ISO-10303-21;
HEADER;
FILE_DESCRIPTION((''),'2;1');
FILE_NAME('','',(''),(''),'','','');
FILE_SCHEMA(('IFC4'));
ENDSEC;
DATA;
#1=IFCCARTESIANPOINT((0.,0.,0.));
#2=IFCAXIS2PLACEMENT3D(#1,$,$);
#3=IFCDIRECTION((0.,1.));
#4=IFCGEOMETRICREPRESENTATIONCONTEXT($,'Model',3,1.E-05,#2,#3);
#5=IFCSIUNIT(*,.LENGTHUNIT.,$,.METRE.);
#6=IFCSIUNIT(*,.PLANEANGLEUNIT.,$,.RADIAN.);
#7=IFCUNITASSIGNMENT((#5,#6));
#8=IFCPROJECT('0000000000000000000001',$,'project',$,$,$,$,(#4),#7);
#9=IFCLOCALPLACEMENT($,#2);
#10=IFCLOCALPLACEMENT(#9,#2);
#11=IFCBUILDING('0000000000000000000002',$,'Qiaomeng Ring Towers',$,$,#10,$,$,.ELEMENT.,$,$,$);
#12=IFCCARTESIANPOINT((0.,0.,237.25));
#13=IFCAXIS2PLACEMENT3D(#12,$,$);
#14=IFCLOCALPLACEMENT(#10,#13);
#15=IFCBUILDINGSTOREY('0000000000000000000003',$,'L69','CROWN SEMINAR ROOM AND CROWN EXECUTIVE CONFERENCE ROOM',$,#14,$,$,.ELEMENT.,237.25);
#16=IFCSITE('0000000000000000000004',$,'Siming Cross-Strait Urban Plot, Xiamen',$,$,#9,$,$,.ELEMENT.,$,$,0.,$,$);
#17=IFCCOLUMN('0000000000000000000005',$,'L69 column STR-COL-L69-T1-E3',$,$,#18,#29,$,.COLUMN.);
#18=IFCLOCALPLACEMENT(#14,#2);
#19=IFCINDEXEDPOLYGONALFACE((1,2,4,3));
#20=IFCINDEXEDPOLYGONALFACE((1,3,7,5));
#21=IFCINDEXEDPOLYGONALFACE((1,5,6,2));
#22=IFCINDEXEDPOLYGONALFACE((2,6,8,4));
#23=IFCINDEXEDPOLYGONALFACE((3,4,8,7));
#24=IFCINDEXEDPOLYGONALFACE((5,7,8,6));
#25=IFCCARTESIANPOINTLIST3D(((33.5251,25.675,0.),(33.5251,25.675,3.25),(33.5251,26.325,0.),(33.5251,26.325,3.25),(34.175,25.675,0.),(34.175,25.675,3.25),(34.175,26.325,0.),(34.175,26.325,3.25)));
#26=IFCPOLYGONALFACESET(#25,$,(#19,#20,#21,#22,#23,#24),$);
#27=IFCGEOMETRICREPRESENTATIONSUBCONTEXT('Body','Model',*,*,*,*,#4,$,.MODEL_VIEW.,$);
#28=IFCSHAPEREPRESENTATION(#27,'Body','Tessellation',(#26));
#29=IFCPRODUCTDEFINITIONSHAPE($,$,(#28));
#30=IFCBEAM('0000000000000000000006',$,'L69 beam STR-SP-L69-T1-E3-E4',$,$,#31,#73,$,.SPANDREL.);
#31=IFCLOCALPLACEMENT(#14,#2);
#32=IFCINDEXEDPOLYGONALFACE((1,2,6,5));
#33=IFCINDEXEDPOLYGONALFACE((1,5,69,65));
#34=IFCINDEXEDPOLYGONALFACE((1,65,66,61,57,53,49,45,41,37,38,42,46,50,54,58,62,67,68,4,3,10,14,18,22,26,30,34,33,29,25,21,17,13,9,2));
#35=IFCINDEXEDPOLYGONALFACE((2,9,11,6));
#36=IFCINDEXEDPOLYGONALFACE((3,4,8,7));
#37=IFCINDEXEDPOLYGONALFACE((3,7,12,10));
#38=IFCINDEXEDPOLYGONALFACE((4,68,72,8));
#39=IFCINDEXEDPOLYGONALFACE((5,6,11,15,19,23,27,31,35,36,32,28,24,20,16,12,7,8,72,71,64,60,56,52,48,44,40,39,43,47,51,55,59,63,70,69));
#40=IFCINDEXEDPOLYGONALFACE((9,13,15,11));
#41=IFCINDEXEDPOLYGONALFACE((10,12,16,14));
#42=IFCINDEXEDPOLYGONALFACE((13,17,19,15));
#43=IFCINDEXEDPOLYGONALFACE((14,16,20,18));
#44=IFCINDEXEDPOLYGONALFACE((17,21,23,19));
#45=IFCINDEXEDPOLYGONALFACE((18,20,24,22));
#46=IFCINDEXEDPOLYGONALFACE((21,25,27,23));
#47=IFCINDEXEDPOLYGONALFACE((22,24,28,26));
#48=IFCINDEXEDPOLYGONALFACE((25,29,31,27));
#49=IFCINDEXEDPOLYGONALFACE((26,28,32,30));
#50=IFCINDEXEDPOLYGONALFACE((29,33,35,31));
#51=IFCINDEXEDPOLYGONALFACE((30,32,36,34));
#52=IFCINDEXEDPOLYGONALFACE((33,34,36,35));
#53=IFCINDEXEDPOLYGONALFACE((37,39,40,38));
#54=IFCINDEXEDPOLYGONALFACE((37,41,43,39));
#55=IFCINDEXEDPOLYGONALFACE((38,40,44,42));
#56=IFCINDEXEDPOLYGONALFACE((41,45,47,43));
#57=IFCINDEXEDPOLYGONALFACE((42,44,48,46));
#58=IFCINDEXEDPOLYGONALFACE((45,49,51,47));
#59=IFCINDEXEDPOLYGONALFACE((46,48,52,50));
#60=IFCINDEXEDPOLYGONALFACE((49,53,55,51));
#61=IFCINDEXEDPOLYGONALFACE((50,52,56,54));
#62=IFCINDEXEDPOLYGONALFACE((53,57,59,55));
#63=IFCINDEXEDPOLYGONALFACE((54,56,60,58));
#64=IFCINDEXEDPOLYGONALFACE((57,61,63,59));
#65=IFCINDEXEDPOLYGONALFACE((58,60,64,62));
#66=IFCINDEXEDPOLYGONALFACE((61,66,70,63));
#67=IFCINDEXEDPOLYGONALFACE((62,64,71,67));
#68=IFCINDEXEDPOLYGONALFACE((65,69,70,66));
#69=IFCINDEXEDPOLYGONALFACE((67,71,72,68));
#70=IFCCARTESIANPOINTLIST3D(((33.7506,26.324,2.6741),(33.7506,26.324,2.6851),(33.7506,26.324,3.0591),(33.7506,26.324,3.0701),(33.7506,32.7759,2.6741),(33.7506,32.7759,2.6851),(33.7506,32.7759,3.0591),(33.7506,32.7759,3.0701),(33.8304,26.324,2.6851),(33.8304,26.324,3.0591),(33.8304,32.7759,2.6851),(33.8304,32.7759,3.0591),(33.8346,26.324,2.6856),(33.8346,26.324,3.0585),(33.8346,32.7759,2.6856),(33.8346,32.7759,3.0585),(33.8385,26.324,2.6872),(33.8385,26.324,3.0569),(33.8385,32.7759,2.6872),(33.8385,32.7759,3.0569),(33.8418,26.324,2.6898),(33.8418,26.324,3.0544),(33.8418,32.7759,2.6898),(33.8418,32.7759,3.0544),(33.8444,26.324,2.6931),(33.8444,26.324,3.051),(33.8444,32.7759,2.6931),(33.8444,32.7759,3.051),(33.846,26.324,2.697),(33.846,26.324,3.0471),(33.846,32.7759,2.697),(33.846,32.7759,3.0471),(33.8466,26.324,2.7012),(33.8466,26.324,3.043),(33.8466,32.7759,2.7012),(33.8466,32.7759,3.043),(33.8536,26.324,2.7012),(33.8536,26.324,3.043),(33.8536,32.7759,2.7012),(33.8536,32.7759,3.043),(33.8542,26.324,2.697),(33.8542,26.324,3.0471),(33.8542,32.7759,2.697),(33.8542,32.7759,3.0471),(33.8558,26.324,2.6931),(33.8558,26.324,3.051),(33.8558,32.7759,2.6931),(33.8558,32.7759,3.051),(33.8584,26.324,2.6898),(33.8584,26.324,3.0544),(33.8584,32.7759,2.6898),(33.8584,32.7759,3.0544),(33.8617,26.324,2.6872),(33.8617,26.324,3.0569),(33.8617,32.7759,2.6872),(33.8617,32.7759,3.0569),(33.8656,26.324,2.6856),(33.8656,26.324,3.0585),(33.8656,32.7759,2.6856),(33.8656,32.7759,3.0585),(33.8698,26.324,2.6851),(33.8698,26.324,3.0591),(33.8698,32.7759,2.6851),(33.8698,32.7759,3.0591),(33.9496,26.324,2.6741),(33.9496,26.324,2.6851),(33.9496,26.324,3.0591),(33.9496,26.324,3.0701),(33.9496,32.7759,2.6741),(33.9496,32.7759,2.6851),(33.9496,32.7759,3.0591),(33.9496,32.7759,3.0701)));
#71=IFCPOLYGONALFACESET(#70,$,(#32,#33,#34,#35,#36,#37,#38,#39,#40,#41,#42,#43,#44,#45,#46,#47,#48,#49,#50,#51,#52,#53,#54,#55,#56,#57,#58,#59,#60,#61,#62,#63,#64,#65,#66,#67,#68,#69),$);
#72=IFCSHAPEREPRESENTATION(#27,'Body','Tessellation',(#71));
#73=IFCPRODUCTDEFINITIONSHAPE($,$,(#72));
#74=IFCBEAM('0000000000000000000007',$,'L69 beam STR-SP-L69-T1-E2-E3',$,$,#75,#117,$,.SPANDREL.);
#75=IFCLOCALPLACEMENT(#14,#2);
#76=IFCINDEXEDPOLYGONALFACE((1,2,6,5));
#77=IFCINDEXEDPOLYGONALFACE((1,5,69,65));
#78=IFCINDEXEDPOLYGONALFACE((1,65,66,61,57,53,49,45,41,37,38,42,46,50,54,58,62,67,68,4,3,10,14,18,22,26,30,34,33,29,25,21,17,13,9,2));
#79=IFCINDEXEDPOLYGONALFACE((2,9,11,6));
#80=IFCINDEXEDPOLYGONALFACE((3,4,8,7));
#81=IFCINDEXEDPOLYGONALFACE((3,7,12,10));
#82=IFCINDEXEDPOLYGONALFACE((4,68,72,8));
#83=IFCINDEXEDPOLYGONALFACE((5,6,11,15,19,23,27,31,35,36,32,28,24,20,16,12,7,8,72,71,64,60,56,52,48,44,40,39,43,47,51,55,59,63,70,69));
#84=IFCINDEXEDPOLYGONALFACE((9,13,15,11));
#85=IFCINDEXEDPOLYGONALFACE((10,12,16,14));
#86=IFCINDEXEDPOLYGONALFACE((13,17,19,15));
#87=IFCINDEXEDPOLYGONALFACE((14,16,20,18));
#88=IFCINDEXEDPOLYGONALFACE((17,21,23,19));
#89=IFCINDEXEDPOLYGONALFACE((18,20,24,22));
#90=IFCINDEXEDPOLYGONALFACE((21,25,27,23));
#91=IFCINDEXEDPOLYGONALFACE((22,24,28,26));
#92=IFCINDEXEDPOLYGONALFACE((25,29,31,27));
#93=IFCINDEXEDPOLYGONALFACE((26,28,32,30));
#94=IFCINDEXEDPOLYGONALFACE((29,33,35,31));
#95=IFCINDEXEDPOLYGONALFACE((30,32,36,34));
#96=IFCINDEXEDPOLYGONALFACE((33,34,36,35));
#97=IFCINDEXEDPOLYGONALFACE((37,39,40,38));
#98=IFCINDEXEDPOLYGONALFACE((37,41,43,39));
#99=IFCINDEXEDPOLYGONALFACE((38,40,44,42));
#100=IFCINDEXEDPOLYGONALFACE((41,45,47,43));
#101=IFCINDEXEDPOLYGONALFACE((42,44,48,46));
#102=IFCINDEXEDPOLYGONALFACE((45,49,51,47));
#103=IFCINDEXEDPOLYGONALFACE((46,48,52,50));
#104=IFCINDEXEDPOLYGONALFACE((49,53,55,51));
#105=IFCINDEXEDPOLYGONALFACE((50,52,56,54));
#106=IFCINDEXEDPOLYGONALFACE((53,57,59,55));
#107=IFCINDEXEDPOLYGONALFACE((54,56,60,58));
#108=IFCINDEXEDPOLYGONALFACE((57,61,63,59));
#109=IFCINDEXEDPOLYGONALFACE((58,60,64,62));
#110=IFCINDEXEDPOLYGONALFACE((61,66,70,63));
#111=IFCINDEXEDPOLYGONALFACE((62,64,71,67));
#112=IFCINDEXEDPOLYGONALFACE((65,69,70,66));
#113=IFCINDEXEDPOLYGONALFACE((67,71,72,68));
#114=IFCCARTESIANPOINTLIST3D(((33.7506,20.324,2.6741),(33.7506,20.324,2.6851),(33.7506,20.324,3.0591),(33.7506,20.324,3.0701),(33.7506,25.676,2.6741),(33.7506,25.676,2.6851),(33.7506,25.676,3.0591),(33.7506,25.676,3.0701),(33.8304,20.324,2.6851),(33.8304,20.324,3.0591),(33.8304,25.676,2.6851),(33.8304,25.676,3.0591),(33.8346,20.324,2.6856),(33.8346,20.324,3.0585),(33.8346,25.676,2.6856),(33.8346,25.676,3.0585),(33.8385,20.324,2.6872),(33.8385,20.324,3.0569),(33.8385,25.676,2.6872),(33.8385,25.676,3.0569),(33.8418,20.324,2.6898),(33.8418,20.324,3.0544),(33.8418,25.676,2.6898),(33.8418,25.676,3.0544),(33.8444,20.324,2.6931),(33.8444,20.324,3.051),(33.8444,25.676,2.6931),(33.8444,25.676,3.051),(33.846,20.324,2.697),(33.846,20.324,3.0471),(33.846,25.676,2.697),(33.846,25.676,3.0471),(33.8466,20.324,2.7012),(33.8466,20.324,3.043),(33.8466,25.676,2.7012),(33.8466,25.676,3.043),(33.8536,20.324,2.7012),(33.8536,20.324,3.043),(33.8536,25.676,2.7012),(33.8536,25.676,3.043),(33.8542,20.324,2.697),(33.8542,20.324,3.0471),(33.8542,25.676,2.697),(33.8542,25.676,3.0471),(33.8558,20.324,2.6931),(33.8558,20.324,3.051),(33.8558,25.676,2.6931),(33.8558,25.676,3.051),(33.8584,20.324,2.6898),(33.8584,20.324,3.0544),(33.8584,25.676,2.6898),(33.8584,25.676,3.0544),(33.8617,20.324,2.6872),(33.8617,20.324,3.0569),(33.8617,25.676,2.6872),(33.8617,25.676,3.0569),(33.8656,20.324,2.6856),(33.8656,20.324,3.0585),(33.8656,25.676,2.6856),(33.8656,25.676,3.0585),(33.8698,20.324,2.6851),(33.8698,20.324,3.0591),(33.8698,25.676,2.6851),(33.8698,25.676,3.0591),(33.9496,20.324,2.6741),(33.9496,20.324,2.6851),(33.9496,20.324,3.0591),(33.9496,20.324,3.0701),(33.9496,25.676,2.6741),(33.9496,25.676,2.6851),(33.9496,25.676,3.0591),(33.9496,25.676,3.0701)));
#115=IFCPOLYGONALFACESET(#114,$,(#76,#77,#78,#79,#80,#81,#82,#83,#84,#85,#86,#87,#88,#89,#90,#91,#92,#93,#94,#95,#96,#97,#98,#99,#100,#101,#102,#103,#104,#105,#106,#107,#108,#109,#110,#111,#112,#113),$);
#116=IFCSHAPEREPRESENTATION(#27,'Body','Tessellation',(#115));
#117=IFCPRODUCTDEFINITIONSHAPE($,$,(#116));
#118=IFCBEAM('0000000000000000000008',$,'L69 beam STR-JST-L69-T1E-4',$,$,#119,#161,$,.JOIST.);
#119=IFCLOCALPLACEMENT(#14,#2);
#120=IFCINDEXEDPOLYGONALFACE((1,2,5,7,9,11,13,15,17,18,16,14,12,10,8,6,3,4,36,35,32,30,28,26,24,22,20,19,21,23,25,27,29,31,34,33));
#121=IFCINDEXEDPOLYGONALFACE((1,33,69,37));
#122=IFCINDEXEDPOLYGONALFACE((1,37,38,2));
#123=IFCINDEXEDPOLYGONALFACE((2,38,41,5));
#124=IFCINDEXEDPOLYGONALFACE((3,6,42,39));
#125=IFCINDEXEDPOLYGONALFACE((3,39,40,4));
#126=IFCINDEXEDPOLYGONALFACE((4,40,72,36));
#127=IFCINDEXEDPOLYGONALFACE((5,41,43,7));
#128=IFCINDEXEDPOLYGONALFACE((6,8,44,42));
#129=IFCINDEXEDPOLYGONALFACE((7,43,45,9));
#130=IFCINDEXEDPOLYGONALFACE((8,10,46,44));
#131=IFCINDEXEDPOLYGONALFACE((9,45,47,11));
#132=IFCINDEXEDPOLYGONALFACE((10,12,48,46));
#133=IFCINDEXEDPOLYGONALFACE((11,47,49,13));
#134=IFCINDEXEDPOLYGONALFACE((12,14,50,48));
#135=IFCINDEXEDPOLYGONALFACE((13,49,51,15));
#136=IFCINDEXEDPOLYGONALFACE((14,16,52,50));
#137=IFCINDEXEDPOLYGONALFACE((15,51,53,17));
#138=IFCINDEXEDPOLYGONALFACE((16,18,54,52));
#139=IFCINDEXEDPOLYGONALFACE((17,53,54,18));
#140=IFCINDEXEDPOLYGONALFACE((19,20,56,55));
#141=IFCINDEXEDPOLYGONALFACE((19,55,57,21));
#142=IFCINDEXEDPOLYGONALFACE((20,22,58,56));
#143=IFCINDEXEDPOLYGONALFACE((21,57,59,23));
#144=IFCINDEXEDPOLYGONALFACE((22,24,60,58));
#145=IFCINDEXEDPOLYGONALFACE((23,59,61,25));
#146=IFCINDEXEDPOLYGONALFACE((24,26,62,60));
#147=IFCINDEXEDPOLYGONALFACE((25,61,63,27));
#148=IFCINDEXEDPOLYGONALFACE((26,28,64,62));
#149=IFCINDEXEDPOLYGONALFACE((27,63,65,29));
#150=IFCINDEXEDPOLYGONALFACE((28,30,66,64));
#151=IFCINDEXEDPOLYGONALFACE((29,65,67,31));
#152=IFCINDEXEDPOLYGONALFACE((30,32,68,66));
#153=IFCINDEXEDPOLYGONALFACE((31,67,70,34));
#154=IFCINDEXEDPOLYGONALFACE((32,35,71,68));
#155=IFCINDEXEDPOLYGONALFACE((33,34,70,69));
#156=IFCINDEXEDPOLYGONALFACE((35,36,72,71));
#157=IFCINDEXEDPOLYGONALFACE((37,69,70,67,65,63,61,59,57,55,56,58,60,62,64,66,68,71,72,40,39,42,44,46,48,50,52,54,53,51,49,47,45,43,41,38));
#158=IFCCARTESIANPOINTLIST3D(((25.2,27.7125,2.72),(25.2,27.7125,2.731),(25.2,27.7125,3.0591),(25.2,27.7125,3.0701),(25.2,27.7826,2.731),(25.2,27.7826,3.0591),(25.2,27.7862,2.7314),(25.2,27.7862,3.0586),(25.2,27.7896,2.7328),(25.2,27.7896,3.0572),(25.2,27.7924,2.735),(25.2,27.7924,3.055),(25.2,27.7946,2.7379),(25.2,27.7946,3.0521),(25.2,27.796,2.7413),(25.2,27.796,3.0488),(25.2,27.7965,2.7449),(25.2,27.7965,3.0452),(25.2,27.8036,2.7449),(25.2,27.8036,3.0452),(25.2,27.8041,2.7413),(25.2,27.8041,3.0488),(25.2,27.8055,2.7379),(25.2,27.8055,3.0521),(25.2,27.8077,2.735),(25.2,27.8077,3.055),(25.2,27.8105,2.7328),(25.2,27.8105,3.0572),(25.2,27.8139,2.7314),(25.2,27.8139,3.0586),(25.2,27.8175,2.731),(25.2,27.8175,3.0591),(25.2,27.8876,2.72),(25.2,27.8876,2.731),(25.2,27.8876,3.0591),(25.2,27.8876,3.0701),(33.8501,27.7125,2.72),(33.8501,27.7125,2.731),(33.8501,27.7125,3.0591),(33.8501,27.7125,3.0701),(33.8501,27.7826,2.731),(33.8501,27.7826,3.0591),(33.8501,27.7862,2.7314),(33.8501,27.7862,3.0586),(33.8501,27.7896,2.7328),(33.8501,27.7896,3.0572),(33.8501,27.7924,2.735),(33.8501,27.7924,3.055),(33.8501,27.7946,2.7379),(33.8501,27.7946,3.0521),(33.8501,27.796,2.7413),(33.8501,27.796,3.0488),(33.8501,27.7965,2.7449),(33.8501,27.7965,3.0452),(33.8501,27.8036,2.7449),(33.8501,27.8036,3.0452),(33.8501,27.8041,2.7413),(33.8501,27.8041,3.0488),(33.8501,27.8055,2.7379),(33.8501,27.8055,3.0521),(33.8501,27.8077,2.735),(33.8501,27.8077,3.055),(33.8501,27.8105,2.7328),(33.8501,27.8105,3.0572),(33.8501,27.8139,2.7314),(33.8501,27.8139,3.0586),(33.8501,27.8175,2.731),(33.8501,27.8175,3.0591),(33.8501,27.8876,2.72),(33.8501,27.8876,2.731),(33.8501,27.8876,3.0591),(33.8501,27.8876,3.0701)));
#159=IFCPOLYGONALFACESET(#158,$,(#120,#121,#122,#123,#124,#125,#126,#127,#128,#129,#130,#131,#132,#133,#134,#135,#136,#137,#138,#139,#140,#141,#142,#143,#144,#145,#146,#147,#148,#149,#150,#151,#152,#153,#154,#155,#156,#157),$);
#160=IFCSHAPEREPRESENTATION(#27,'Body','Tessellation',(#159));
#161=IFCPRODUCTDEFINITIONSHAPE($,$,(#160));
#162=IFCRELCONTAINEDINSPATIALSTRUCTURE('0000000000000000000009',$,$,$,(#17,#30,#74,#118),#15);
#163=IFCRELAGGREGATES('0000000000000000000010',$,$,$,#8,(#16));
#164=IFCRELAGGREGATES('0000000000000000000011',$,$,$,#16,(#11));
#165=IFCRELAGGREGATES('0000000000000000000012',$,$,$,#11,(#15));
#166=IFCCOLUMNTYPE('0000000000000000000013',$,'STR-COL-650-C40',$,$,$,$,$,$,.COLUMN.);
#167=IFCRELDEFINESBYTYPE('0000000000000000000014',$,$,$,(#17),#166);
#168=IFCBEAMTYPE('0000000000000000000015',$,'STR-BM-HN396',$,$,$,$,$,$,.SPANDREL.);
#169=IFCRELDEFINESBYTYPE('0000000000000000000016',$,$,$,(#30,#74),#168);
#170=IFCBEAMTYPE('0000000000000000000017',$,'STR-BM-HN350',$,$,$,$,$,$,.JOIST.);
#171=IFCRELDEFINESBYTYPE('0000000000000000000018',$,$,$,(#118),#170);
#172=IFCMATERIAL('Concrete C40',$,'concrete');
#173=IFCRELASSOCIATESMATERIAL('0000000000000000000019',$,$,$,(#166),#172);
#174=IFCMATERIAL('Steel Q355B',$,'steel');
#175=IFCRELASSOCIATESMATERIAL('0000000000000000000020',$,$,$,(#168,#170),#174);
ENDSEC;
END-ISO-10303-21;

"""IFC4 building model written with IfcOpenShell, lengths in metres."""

from ifc_helpers import new_model, si_unit, direction, frame, origin, origin_2d, place, context, subcontext, project, spatial, rectangle, i_section, extrude, source, transform, mapped, material, material_profile, profile_set, type_object, element, save


model = new_model("IFC4")

# Units and contexts
model_context = context("Model", 3, precision=1e-05, world=origin(), true_north=direction((0.0, 1.0)))
body_context = subcontext(model_context, "Body", "Model", "MODEL_VIEW")
ifc_project = project(units=[si_unit("LENGTHUNIT", "METRE"), si_unit("PLANEANGLEUNIT", "RADIAN")], contexts=[model_context])

# Site, building, storey
site_placement = place(None, origin())
site = spatial("IfcSite", under=ifc_project, at=site_placement, Name="Siming Cross-Strait Urban Plot, Xiamen", CompositionType="ELEMENT", RefElevation=0.0)
building_placement = place(site_placement, origin())
building = spatial("IfcBuilding", under=site, at=building_placement, Name="Qiaomeng Ring Towers", CompositionType="ELEMENT")
storey_placement = place(building_placement, frame((0.0, 0.0, 237.25)))
storey = spatial("IfcBuildingStorey", under=building, at=storey_placement, Name="L69", Description="CROWN SEMINAR ROOM AND CROWN EXECUTIVE CONFERENCE ROOM", CompositionType="ELEMENT", Elevation=237.25)

# Column
ifc_material_1 = material(Name="Concrete C40", Category="concrete")
ifc_material_profile_1 = material_profile(ifc_material_1, rectangle(XDim=0.6499, YDim=0.6499, at=origin_2d()), Name="RC COL 650x650")
ifc_profile_set_1 = profile_set([ifc_material_profile_1], Name="Concrete C40")
column_type = type_object("IfcColumnType", Name="STR-COL-650-C40", PredefinedType="COLUMN", material=ifc_profile_set_1)
shared_shape_1 = source(origin(), body_context, "Body", "SweptSolid", [
    extrude(rectangle(XDim=0.6499, YDim=0.6499, at=origin_2d()), origin(), (0.0, 0.0, 1.0), 3.25),
])
column_placement = place(storey_placement, frame((33.8501, 26.0, 0.0), z_axis=(0.0, 0.0, 1.0), x_axis=(1.0, 0.0, 0.0)))
element("IfcColumn", 1, at=column_placement, inside=storey, type_object=column_type, Name="L69 column STR-COL-L69-T1-E3", PredefinedType="COLUMN", context=body_context, shape_type="MappedRepresentation", body=[
    mapped(shared_shape_1, transform((0.0, 0.0, 0.0), x_axis=(1.0, 0.0, 0.0), y_axis=(0.0, 1.0, 0.0), z_axis=(0.0, 0.0, 1.0), scale=1.0)),
])

# Beams
ifc_material_2 = material(Name="Steel Q355B", Category="steel")
ifc_material_profile_2 = material_profile(ifc_material_2, i_section(OverallWidth=0.199, OverallDepth=0.396, WebThickness=0.0071, FlangeThickness=0.011, FilletRadius=0.0161, at=origin_2d()), Name="HN 396x199x7x11")
ifc_profile_set_2 = profile_set([ifc_material_profile_2], Name="Steel Q355B")
beam_type_1 = type_object("IfcBeamType", Name="STR-BM-HN396", PredefinedType="SPANDREL", material=ifc_profile_set_2)
shared_shape_2 = source(origin(), body_context, "Body", "SweptSolid", [
    extrude(i_section(OverallWidth=0.199, OverallDepth=0.396, WebThickness=0.0071, FlangeThickness=0.011, FilletRadius=0.0161, at=origin_2d()), origin(), (0.0, 0.0, 1.0), 6.4519),
])
beam_1_placement = place(storey_placement, frame((33.8501, 26.324, 2.8721), z_axis=(0.0, 1.0, 0.0), x_axis=(-1.0, 0.0, 0.0)))
element("IfcBeam", 2, at=beam_1_placement, inside=storey, type_object=beam_type_1, Name="L69 beam STR-SP-L69-T1-E3-E4", PredefinedType="SPANDREL", context=body_context, shape_type="MappedRepresentation", body=[
    mapped(shared_shape_2, transform((0.0, 0.0, 0.0), x_axis=(1.0, 0.0, 0.0), y_axis=(0.0, 1.0, 0.0), z_axis=(0.0, 0.0, 1.0), scale=1.0)),
])
shared_shape_3 = source(origin(), body_context, "Body", "SweptSolid", [
    extrude(i_section(OverallWidth=0.199, OverallDepth=0.396, WebThickness=0.0071, FlangeThickness=0.011, FilletRadius=0.0161, at=origin_2d()), origin(), (0.0, 0.0, 1.0), 5.3521),
])
beam_2_placement = place(storey_placement, frame((33.8501, 20.324, 2.8721), z_axis=(0.0, 1.0, 0.0), x_axis=(-1.0, 0.0, 0.0)))
element("IfcBeam", 3, at=beam_2_placement, inside=storey, type_object=beam_type_1, Name="L69 beam STR-SP-L69-T1-E2-E3", PredefinedType="SPANDREL", context=body_context, shape_type="MappedRepresentation", body=[
    mapped(shared_shape_3, transform((0.0, 0.0, 0.0), x_axis=(1.0, 0.0, 0.0), y_axis=(0.0, 1.0, 0.0), z_axis=(0.0, 0.0, 1.0), scale=1.0)),
])
ifc_material_profile_3 = material_profile(ifc_material_2, i_section(OverallWidth=0.175, OverallDepth=0.3501, WebThickness=0.0071, FlangeThickness=0.011, FilletRadius=0.0139, at=origin_2d()), Name="HN 350x175x7x11")
ifc_profile_set_3 = profile_set([ifc_material_profile_3], Name="Steel Q355B")
beam_type_2 = type_object("IfcBeamType", Name="STR-BM-HN350", PredefinedType="JOIST", material=ifc_profile_set_3)
shared_shape_4 = source(origin(), body_context, "Body", "SweptSolid", [
    extrude(i_section(OverallWidth=0.175, OverallDepth=0.3501, WebThickness=0.0071, FlangeThickness=0.011, FilletRadius=0.0139, at=origin_2d()), origin(), (0.0, 0.0, 1.0), 8.6501),
])
beam_3_placement = place(storey_placement, frame((25.2, 27.8, 2.895), z_axis=(1.0, 0.0, 0.0), x_axis=(0.0, 1.0, 0.0)))
element("IfcBeam", 4, at=beam_3_placement, inside=storey, type_object=beam_type_2, Name="L69 beam STR-JST-L69-T1E-4", PredefinedType="JOIST", context=body_context, shape_type="MappedRepresentation", body=[
    mapped(shared_shape_4, transform((0.0, 0.0, 0.0), x_axis=(1.0, 0.0, 0.0), y_axis=(0.0, 1.0, 0.0), z_axis=(0.0, 0.0, 1.0), scale=1.0)),
])

save(model, "model.ifc")
